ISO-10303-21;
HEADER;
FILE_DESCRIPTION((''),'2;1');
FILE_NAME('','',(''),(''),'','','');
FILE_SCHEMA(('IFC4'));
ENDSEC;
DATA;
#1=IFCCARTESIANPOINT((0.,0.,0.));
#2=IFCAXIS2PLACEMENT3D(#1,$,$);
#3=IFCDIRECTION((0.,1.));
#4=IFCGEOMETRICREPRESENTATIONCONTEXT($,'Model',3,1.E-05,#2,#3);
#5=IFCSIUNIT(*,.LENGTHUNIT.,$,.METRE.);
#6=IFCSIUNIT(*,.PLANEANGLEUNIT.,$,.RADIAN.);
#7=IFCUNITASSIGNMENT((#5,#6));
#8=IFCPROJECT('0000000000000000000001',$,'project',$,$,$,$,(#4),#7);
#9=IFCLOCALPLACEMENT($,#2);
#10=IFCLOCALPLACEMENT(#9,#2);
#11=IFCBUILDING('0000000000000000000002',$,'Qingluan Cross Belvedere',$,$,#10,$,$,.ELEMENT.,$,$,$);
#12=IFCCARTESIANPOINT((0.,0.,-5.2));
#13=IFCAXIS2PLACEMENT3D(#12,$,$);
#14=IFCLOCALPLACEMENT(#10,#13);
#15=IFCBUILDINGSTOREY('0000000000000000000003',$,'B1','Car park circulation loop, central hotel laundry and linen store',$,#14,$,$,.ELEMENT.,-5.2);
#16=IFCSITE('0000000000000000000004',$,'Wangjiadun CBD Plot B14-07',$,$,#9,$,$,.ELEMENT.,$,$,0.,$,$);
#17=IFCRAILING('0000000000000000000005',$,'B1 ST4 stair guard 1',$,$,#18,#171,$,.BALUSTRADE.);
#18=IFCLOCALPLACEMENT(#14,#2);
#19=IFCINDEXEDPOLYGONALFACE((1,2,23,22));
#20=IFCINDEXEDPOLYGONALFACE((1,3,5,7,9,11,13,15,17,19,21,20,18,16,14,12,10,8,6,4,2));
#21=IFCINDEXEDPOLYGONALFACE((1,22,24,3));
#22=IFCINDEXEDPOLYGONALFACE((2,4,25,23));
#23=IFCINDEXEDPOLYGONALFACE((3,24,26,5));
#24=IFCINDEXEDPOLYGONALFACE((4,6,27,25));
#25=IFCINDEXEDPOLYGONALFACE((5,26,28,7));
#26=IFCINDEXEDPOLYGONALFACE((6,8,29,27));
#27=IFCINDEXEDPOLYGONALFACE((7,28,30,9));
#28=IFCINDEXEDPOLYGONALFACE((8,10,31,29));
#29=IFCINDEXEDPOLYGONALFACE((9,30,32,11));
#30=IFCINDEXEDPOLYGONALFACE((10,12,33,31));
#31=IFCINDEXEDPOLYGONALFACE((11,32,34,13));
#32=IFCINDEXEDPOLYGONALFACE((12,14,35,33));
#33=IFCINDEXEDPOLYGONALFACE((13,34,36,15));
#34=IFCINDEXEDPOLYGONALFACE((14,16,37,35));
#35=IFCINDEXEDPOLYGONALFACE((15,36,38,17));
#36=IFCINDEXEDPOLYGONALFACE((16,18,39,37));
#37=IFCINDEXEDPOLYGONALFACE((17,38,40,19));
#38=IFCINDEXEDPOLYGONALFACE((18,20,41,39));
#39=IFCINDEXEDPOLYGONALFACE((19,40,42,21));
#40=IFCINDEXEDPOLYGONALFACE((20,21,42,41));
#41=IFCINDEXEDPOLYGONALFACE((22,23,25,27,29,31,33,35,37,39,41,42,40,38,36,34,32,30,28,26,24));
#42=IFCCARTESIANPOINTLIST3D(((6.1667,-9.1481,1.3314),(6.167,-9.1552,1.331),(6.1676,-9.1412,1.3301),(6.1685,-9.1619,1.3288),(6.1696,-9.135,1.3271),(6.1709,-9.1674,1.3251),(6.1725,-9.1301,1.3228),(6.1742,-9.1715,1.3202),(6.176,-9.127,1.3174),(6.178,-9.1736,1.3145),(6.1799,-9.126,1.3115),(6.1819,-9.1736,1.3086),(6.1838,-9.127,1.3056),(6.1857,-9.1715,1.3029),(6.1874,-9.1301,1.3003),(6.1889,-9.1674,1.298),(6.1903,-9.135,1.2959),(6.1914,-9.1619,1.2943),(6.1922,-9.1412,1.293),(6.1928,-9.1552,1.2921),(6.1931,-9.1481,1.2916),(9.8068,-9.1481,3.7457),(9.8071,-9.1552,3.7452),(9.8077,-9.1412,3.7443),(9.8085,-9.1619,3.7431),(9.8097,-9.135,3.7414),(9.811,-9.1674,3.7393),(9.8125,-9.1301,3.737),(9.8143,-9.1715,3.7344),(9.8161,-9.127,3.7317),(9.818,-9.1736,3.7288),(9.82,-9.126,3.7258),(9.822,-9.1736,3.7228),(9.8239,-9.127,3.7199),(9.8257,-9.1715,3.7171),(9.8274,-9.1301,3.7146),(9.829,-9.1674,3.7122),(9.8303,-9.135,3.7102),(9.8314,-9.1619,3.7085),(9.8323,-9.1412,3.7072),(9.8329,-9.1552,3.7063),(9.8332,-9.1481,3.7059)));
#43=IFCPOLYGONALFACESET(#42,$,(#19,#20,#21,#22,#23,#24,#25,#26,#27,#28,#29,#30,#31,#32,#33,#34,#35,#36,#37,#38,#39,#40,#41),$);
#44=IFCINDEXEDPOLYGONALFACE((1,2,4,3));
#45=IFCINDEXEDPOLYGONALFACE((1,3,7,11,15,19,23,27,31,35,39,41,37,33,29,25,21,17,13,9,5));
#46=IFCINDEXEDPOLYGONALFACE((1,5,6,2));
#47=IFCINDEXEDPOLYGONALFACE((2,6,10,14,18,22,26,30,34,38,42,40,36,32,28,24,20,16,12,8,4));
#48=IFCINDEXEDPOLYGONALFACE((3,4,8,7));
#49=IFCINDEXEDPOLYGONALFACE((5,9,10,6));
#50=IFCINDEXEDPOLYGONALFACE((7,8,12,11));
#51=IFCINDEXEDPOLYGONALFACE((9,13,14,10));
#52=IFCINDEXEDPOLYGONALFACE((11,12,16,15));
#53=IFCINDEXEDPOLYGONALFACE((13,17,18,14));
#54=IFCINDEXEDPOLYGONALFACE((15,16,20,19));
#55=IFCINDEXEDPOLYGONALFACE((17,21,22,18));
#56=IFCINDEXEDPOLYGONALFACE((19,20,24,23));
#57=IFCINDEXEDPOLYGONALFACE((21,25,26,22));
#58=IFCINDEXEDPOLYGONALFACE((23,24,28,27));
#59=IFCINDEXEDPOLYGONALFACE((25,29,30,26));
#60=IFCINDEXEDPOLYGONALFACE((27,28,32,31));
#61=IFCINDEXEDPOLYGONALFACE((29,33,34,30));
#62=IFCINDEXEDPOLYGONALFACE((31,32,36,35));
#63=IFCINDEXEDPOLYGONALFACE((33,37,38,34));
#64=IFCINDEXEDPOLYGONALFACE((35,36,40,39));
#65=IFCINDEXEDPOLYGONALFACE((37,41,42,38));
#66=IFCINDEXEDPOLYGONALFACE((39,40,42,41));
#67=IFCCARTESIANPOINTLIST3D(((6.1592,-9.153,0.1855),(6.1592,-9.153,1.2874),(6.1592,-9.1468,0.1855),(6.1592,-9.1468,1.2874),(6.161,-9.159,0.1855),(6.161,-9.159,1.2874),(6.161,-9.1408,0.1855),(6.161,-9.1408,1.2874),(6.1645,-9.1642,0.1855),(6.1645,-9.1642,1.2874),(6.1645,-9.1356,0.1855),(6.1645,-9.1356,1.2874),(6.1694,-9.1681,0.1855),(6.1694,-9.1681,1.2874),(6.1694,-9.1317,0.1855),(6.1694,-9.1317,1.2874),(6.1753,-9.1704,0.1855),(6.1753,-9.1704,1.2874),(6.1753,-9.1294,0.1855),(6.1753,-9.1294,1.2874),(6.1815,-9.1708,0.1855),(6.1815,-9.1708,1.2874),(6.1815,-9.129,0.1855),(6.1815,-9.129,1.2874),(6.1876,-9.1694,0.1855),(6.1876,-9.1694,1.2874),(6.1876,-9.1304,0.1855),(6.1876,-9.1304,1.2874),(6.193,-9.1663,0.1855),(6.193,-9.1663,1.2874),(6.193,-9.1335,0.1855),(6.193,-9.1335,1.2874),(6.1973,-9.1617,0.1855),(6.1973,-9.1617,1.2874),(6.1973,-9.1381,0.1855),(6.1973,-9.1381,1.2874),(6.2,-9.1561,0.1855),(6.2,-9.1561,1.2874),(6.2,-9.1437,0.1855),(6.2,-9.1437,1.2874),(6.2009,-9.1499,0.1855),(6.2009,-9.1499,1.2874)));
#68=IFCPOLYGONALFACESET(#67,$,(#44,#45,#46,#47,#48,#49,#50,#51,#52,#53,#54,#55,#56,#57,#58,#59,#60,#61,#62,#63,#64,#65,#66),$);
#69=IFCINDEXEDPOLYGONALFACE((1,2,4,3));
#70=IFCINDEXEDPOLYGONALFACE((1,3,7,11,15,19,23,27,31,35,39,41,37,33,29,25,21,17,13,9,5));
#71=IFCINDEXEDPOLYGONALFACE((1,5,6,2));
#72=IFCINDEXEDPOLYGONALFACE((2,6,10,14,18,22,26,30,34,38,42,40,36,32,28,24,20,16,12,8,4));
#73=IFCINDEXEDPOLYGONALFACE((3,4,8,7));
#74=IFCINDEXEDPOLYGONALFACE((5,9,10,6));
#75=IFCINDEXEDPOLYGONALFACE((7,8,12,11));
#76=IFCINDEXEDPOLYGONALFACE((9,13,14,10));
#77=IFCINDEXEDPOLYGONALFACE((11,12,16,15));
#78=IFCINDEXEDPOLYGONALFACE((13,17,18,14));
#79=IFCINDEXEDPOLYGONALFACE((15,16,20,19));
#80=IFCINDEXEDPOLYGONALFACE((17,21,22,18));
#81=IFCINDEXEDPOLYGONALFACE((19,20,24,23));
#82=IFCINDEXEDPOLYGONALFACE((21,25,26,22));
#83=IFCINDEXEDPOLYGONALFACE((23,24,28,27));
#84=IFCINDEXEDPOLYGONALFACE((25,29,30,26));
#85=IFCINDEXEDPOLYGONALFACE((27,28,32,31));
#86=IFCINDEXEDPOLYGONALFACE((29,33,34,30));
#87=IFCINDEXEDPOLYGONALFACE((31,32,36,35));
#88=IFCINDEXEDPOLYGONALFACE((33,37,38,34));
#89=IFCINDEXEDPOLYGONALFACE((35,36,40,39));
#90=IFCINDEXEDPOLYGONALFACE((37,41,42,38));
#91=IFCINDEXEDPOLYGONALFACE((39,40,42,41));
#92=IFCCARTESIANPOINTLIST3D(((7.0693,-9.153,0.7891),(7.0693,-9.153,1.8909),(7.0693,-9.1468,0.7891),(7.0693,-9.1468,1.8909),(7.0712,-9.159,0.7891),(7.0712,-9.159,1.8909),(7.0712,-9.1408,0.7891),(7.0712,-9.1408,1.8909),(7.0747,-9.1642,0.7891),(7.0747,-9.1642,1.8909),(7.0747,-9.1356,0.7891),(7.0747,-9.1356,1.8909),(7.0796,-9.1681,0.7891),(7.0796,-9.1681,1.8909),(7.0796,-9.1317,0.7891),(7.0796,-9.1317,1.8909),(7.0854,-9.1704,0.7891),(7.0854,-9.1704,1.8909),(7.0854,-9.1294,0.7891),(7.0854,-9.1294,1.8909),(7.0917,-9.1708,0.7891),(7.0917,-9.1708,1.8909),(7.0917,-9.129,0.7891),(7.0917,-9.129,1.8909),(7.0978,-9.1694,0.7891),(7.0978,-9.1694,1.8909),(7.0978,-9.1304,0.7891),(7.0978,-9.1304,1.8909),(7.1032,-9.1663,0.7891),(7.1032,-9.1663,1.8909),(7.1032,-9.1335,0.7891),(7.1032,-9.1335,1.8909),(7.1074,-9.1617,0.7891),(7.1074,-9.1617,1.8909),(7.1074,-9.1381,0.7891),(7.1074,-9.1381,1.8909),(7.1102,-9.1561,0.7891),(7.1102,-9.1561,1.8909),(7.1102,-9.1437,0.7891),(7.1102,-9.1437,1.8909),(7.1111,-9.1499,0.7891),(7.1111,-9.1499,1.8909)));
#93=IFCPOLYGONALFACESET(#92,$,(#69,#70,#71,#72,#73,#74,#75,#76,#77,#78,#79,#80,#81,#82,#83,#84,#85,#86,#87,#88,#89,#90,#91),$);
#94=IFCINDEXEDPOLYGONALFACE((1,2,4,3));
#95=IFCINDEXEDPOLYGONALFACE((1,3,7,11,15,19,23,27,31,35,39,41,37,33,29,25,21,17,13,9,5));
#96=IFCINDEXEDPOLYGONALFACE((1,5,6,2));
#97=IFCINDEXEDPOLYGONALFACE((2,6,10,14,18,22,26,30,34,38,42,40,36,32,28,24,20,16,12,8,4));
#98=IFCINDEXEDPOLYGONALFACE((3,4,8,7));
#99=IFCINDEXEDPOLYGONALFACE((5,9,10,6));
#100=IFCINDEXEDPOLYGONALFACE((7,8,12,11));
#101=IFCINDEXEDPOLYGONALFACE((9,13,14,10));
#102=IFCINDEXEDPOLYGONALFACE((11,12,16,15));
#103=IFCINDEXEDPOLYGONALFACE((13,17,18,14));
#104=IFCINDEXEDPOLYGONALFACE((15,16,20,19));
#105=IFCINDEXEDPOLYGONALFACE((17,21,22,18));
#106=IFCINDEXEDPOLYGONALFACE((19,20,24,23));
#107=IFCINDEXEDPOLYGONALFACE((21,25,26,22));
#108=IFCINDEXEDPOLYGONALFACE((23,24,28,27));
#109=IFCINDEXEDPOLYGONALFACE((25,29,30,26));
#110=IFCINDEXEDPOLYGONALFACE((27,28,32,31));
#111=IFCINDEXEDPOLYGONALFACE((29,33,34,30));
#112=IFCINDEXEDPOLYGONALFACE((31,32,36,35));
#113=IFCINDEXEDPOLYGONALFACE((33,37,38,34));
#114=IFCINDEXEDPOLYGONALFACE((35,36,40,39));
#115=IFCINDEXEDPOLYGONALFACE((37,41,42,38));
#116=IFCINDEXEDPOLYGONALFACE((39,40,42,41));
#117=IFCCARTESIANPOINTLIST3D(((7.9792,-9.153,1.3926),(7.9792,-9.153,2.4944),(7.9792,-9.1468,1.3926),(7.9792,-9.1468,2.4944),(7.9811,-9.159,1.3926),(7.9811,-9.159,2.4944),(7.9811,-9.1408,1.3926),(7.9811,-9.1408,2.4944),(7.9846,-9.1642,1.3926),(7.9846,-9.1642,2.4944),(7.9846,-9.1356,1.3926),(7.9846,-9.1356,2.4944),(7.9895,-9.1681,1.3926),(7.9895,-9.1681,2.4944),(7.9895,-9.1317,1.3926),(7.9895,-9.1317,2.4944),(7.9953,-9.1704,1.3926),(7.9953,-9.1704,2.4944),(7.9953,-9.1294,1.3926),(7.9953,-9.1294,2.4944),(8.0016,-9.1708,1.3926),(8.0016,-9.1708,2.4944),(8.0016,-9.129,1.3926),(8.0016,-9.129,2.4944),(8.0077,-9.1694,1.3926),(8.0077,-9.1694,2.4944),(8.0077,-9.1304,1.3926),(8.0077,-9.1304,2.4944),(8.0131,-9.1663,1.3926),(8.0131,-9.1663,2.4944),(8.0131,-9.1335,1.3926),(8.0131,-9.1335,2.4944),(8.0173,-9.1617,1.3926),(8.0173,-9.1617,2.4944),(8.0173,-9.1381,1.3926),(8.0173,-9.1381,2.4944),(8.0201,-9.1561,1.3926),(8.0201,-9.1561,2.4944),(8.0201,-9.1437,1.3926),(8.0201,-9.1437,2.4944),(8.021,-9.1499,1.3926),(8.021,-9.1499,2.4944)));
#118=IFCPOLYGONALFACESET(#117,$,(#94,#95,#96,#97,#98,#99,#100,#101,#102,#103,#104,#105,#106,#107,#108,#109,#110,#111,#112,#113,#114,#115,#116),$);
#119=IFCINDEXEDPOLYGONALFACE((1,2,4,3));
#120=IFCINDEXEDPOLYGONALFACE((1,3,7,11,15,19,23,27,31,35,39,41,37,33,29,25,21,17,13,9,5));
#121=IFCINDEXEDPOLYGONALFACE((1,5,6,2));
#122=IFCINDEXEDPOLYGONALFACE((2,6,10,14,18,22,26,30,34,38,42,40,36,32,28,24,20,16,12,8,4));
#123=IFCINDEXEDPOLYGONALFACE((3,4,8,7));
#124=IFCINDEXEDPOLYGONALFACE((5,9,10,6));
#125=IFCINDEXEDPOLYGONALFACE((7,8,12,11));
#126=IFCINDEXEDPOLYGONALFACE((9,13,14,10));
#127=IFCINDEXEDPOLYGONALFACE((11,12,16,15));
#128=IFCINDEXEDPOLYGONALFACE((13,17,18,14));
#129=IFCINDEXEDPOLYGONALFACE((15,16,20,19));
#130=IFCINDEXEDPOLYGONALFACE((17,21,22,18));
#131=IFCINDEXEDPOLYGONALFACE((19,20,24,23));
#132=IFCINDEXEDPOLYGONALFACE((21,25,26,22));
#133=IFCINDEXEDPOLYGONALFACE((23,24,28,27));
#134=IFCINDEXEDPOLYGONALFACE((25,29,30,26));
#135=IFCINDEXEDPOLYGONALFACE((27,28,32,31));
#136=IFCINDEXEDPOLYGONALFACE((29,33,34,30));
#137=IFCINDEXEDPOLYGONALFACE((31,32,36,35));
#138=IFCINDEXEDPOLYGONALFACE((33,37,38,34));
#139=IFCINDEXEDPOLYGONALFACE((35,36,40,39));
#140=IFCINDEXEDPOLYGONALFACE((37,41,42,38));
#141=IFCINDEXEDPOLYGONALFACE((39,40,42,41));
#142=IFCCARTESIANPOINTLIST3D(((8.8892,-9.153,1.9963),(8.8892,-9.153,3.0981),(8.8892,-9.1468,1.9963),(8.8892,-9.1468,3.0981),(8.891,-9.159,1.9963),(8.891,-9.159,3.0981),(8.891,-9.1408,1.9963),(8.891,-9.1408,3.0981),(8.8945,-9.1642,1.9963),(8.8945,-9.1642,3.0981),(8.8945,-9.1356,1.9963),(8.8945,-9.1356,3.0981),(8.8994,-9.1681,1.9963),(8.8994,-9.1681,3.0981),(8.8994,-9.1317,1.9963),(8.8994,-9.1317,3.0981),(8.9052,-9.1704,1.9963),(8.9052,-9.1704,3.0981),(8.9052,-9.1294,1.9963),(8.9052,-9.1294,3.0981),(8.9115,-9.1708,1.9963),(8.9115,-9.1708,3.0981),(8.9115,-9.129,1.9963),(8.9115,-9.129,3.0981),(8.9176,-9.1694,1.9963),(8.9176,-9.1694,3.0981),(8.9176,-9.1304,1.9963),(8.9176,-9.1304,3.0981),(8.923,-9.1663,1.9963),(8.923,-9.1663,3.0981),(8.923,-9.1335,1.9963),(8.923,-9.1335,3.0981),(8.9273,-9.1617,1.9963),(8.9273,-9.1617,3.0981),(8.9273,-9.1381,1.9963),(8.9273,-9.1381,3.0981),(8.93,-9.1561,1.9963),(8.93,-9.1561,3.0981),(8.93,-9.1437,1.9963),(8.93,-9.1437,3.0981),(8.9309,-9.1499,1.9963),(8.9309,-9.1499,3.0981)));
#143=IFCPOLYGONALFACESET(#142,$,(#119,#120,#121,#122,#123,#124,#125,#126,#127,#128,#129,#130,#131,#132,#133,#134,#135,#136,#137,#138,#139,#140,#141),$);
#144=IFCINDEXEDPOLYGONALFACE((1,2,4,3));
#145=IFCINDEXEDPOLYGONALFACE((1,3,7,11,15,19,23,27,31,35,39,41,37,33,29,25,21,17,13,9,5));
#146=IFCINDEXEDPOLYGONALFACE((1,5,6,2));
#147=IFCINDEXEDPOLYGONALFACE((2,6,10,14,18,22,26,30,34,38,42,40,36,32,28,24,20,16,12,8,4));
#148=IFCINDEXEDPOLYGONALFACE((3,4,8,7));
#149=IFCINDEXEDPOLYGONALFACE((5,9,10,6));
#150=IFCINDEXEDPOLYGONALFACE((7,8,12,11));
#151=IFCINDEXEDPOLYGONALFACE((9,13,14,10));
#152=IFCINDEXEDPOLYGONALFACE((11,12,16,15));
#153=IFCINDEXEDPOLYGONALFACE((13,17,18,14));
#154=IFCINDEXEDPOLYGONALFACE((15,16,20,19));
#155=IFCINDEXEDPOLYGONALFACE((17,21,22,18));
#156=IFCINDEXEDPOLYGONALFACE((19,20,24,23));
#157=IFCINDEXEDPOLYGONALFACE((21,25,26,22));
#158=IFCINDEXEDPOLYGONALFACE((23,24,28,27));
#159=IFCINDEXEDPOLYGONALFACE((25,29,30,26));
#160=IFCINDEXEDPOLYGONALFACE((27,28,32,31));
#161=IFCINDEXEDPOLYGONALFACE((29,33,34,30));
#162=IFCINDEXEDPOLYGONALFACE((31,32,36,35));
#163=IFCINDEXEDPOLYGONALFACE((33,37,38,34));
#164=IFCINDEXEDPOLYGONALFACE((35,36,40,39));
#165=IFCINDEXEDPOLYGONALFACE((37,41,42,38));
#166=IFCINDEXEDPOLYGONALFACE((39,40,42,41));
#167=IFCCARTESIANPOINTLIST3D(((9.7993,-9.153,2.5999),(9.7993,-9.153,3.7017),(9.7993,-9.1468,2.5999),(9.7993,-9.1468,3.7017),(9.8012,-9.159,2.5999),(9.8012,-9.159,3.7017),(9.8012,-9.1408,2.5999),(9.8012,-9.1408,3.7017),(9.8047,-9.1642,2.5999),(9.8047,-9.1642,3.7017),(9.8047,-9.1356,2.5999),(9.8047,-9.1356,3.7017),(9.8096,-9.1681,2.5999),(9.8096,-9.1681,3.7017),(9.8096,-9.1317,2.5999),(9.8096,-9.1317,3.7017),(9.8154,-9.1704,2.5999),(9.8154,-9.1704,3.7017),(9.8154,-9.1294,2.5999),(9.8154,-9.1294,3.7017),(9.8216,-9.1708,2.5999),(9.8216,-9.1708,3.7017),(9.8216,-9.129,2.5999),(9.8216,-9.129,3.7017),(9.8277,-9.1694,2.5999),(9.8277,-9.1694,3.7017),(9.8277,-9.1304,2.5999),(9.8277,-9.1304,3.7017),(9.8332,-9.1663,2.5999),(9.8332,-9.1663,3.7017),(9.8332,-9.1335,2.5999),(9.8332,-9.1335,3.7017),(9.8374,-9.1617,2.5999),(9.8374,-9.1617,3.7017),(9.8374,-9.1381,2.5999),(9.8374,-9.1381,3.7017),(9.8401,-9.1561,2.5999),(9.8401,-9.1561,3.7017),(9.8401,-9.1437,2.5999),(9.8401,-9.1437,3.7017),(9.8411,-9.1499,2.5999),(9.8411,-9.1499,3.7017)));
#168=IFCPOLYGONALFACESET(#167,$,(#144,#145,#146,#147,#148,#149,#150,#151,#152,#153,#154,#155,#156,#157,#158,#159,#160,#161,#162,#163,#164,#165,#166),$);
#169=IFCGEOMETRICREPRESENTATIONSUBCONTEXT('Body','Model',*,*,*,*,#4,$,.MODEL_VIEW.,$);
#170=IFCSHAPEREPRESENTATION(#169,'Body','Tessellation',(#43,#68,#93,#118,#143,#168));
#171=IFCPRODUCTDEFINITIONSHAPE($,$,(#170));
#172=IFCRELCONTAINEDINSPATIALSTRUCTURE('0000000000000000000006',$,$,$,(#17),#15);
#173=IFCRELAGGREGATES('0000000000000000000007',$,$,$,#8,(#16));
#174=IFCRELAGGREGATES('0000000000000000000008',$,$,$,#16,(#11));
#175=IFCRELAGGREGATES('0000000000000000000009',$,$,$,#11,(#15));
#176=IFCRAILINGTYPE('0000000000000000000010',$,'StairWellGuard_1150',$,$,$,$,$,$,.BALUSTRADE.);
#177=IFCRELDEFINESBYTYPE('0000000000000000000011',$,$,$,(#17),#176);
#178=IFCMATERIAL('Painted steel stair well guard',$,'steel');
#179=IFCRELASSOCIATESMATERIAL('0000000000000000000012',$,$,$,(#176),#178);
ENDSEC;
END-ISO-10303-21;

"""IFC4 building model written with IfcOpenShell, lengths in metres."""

from ifc_helpers import new_model, si_unit, direction, frame, origin, origin_2d, place, context, subcontext, project, spatial, circle, extrude, material, type_object, element, save


model = new_model("IFC4")

# Units and contexts
model_context = context("Model", 3, precision=1e-05, world=origin(), true_north=direction((0.0, 1.0)))
body_context = subcontext(model_context, "Body", "Model", "MODEL_VIEW")
ifc_project = project(units=[si_unit("LENGTHUNIT", "METRE"), si_unit("PLANEANGLEUNIT", "RADIAN")], contexts=[model_context])

# Site, building, storey
site_placement = place(None, origin())
site = spatial("IfcSite", under=ifc_project, at=site_placement, Name="Wangjiadun CBD Plot B14-07", CompositionType="ELEMENT", RefElevation=0.0)
building_placement = place(site_placement, origin())
building = spatial("IfcBuilding", under=site, at=building_placement, Name="Qingluan Cross Belvedere", CompositionType="ELEMENT")
storey_placement = place(building_placement, frame((0.0, 0.0, -5.2)))
storey = spatial("IfcBuildingStorey", under=building, at=storey_placement, Name="B1", Description="Car park circulation loop, central hotel laundry and linen store", CompositionType="ELEMENT", Elevation=-5.2)

# Railing
ifc_material_1 = material(Name="Painted steel stair well guard", Category="steel")
railing_type_1 = type_object("IfcRailingType", Name="StairWellGuard_1150", PredefinedType="BALUSTRADE", material=ifc_material_1)
railing_1_placement = place(storey_placement, frame((6.1799, -9.1499, 0.1855)))
element("IfcRailing", 1, at=railing_1_placement, inside=storey, type_object=railing_type_1, Name="B1 ST4 stair guard 1", PredefinedType="BALUSTRADE", context=body_context, shape_type="SweptSolid", body=[
    extrude(circle(Radius=0.0239, at=origin_2d()), frame((0.0, 0.0, 1.126), z_axis=(0.833364, 0.0, 0.552725), x_axis=(0.0, 1.0, 0.0)), (0.0, 0.0, 1.0), 4.3679),
    extrude(circle(Radius=0.021, at=origin_2d()), origin(), (0.0, 0.0, 1.0), 1.1018),
    extrude(circle(Radius=0.021, at=origin_2d()), frame((0.9102, 0.0, 0.6035)), (0.0, 0.0, 1.0), 1.1018),
    extrude(circle(Radius=0.021, at=origin_2d()), frame((1.8201, 0.0, 1.207)), (0.0, 0.0, 1.0), 1.1018),
    extrude(circle(Radius=0.021, at=origin_2d()), frame((2.73, 0.0, 1.8108)), (0.0, 0.0, 1.0), 1.1018),
    extrude(circle(Radius=0.021, at=origin_2d()), frame((3.6401, 0.0, 2.4143)), (0.0, 0.0, 1.0), 1.1018),
])

save(model, "model.ifc")
